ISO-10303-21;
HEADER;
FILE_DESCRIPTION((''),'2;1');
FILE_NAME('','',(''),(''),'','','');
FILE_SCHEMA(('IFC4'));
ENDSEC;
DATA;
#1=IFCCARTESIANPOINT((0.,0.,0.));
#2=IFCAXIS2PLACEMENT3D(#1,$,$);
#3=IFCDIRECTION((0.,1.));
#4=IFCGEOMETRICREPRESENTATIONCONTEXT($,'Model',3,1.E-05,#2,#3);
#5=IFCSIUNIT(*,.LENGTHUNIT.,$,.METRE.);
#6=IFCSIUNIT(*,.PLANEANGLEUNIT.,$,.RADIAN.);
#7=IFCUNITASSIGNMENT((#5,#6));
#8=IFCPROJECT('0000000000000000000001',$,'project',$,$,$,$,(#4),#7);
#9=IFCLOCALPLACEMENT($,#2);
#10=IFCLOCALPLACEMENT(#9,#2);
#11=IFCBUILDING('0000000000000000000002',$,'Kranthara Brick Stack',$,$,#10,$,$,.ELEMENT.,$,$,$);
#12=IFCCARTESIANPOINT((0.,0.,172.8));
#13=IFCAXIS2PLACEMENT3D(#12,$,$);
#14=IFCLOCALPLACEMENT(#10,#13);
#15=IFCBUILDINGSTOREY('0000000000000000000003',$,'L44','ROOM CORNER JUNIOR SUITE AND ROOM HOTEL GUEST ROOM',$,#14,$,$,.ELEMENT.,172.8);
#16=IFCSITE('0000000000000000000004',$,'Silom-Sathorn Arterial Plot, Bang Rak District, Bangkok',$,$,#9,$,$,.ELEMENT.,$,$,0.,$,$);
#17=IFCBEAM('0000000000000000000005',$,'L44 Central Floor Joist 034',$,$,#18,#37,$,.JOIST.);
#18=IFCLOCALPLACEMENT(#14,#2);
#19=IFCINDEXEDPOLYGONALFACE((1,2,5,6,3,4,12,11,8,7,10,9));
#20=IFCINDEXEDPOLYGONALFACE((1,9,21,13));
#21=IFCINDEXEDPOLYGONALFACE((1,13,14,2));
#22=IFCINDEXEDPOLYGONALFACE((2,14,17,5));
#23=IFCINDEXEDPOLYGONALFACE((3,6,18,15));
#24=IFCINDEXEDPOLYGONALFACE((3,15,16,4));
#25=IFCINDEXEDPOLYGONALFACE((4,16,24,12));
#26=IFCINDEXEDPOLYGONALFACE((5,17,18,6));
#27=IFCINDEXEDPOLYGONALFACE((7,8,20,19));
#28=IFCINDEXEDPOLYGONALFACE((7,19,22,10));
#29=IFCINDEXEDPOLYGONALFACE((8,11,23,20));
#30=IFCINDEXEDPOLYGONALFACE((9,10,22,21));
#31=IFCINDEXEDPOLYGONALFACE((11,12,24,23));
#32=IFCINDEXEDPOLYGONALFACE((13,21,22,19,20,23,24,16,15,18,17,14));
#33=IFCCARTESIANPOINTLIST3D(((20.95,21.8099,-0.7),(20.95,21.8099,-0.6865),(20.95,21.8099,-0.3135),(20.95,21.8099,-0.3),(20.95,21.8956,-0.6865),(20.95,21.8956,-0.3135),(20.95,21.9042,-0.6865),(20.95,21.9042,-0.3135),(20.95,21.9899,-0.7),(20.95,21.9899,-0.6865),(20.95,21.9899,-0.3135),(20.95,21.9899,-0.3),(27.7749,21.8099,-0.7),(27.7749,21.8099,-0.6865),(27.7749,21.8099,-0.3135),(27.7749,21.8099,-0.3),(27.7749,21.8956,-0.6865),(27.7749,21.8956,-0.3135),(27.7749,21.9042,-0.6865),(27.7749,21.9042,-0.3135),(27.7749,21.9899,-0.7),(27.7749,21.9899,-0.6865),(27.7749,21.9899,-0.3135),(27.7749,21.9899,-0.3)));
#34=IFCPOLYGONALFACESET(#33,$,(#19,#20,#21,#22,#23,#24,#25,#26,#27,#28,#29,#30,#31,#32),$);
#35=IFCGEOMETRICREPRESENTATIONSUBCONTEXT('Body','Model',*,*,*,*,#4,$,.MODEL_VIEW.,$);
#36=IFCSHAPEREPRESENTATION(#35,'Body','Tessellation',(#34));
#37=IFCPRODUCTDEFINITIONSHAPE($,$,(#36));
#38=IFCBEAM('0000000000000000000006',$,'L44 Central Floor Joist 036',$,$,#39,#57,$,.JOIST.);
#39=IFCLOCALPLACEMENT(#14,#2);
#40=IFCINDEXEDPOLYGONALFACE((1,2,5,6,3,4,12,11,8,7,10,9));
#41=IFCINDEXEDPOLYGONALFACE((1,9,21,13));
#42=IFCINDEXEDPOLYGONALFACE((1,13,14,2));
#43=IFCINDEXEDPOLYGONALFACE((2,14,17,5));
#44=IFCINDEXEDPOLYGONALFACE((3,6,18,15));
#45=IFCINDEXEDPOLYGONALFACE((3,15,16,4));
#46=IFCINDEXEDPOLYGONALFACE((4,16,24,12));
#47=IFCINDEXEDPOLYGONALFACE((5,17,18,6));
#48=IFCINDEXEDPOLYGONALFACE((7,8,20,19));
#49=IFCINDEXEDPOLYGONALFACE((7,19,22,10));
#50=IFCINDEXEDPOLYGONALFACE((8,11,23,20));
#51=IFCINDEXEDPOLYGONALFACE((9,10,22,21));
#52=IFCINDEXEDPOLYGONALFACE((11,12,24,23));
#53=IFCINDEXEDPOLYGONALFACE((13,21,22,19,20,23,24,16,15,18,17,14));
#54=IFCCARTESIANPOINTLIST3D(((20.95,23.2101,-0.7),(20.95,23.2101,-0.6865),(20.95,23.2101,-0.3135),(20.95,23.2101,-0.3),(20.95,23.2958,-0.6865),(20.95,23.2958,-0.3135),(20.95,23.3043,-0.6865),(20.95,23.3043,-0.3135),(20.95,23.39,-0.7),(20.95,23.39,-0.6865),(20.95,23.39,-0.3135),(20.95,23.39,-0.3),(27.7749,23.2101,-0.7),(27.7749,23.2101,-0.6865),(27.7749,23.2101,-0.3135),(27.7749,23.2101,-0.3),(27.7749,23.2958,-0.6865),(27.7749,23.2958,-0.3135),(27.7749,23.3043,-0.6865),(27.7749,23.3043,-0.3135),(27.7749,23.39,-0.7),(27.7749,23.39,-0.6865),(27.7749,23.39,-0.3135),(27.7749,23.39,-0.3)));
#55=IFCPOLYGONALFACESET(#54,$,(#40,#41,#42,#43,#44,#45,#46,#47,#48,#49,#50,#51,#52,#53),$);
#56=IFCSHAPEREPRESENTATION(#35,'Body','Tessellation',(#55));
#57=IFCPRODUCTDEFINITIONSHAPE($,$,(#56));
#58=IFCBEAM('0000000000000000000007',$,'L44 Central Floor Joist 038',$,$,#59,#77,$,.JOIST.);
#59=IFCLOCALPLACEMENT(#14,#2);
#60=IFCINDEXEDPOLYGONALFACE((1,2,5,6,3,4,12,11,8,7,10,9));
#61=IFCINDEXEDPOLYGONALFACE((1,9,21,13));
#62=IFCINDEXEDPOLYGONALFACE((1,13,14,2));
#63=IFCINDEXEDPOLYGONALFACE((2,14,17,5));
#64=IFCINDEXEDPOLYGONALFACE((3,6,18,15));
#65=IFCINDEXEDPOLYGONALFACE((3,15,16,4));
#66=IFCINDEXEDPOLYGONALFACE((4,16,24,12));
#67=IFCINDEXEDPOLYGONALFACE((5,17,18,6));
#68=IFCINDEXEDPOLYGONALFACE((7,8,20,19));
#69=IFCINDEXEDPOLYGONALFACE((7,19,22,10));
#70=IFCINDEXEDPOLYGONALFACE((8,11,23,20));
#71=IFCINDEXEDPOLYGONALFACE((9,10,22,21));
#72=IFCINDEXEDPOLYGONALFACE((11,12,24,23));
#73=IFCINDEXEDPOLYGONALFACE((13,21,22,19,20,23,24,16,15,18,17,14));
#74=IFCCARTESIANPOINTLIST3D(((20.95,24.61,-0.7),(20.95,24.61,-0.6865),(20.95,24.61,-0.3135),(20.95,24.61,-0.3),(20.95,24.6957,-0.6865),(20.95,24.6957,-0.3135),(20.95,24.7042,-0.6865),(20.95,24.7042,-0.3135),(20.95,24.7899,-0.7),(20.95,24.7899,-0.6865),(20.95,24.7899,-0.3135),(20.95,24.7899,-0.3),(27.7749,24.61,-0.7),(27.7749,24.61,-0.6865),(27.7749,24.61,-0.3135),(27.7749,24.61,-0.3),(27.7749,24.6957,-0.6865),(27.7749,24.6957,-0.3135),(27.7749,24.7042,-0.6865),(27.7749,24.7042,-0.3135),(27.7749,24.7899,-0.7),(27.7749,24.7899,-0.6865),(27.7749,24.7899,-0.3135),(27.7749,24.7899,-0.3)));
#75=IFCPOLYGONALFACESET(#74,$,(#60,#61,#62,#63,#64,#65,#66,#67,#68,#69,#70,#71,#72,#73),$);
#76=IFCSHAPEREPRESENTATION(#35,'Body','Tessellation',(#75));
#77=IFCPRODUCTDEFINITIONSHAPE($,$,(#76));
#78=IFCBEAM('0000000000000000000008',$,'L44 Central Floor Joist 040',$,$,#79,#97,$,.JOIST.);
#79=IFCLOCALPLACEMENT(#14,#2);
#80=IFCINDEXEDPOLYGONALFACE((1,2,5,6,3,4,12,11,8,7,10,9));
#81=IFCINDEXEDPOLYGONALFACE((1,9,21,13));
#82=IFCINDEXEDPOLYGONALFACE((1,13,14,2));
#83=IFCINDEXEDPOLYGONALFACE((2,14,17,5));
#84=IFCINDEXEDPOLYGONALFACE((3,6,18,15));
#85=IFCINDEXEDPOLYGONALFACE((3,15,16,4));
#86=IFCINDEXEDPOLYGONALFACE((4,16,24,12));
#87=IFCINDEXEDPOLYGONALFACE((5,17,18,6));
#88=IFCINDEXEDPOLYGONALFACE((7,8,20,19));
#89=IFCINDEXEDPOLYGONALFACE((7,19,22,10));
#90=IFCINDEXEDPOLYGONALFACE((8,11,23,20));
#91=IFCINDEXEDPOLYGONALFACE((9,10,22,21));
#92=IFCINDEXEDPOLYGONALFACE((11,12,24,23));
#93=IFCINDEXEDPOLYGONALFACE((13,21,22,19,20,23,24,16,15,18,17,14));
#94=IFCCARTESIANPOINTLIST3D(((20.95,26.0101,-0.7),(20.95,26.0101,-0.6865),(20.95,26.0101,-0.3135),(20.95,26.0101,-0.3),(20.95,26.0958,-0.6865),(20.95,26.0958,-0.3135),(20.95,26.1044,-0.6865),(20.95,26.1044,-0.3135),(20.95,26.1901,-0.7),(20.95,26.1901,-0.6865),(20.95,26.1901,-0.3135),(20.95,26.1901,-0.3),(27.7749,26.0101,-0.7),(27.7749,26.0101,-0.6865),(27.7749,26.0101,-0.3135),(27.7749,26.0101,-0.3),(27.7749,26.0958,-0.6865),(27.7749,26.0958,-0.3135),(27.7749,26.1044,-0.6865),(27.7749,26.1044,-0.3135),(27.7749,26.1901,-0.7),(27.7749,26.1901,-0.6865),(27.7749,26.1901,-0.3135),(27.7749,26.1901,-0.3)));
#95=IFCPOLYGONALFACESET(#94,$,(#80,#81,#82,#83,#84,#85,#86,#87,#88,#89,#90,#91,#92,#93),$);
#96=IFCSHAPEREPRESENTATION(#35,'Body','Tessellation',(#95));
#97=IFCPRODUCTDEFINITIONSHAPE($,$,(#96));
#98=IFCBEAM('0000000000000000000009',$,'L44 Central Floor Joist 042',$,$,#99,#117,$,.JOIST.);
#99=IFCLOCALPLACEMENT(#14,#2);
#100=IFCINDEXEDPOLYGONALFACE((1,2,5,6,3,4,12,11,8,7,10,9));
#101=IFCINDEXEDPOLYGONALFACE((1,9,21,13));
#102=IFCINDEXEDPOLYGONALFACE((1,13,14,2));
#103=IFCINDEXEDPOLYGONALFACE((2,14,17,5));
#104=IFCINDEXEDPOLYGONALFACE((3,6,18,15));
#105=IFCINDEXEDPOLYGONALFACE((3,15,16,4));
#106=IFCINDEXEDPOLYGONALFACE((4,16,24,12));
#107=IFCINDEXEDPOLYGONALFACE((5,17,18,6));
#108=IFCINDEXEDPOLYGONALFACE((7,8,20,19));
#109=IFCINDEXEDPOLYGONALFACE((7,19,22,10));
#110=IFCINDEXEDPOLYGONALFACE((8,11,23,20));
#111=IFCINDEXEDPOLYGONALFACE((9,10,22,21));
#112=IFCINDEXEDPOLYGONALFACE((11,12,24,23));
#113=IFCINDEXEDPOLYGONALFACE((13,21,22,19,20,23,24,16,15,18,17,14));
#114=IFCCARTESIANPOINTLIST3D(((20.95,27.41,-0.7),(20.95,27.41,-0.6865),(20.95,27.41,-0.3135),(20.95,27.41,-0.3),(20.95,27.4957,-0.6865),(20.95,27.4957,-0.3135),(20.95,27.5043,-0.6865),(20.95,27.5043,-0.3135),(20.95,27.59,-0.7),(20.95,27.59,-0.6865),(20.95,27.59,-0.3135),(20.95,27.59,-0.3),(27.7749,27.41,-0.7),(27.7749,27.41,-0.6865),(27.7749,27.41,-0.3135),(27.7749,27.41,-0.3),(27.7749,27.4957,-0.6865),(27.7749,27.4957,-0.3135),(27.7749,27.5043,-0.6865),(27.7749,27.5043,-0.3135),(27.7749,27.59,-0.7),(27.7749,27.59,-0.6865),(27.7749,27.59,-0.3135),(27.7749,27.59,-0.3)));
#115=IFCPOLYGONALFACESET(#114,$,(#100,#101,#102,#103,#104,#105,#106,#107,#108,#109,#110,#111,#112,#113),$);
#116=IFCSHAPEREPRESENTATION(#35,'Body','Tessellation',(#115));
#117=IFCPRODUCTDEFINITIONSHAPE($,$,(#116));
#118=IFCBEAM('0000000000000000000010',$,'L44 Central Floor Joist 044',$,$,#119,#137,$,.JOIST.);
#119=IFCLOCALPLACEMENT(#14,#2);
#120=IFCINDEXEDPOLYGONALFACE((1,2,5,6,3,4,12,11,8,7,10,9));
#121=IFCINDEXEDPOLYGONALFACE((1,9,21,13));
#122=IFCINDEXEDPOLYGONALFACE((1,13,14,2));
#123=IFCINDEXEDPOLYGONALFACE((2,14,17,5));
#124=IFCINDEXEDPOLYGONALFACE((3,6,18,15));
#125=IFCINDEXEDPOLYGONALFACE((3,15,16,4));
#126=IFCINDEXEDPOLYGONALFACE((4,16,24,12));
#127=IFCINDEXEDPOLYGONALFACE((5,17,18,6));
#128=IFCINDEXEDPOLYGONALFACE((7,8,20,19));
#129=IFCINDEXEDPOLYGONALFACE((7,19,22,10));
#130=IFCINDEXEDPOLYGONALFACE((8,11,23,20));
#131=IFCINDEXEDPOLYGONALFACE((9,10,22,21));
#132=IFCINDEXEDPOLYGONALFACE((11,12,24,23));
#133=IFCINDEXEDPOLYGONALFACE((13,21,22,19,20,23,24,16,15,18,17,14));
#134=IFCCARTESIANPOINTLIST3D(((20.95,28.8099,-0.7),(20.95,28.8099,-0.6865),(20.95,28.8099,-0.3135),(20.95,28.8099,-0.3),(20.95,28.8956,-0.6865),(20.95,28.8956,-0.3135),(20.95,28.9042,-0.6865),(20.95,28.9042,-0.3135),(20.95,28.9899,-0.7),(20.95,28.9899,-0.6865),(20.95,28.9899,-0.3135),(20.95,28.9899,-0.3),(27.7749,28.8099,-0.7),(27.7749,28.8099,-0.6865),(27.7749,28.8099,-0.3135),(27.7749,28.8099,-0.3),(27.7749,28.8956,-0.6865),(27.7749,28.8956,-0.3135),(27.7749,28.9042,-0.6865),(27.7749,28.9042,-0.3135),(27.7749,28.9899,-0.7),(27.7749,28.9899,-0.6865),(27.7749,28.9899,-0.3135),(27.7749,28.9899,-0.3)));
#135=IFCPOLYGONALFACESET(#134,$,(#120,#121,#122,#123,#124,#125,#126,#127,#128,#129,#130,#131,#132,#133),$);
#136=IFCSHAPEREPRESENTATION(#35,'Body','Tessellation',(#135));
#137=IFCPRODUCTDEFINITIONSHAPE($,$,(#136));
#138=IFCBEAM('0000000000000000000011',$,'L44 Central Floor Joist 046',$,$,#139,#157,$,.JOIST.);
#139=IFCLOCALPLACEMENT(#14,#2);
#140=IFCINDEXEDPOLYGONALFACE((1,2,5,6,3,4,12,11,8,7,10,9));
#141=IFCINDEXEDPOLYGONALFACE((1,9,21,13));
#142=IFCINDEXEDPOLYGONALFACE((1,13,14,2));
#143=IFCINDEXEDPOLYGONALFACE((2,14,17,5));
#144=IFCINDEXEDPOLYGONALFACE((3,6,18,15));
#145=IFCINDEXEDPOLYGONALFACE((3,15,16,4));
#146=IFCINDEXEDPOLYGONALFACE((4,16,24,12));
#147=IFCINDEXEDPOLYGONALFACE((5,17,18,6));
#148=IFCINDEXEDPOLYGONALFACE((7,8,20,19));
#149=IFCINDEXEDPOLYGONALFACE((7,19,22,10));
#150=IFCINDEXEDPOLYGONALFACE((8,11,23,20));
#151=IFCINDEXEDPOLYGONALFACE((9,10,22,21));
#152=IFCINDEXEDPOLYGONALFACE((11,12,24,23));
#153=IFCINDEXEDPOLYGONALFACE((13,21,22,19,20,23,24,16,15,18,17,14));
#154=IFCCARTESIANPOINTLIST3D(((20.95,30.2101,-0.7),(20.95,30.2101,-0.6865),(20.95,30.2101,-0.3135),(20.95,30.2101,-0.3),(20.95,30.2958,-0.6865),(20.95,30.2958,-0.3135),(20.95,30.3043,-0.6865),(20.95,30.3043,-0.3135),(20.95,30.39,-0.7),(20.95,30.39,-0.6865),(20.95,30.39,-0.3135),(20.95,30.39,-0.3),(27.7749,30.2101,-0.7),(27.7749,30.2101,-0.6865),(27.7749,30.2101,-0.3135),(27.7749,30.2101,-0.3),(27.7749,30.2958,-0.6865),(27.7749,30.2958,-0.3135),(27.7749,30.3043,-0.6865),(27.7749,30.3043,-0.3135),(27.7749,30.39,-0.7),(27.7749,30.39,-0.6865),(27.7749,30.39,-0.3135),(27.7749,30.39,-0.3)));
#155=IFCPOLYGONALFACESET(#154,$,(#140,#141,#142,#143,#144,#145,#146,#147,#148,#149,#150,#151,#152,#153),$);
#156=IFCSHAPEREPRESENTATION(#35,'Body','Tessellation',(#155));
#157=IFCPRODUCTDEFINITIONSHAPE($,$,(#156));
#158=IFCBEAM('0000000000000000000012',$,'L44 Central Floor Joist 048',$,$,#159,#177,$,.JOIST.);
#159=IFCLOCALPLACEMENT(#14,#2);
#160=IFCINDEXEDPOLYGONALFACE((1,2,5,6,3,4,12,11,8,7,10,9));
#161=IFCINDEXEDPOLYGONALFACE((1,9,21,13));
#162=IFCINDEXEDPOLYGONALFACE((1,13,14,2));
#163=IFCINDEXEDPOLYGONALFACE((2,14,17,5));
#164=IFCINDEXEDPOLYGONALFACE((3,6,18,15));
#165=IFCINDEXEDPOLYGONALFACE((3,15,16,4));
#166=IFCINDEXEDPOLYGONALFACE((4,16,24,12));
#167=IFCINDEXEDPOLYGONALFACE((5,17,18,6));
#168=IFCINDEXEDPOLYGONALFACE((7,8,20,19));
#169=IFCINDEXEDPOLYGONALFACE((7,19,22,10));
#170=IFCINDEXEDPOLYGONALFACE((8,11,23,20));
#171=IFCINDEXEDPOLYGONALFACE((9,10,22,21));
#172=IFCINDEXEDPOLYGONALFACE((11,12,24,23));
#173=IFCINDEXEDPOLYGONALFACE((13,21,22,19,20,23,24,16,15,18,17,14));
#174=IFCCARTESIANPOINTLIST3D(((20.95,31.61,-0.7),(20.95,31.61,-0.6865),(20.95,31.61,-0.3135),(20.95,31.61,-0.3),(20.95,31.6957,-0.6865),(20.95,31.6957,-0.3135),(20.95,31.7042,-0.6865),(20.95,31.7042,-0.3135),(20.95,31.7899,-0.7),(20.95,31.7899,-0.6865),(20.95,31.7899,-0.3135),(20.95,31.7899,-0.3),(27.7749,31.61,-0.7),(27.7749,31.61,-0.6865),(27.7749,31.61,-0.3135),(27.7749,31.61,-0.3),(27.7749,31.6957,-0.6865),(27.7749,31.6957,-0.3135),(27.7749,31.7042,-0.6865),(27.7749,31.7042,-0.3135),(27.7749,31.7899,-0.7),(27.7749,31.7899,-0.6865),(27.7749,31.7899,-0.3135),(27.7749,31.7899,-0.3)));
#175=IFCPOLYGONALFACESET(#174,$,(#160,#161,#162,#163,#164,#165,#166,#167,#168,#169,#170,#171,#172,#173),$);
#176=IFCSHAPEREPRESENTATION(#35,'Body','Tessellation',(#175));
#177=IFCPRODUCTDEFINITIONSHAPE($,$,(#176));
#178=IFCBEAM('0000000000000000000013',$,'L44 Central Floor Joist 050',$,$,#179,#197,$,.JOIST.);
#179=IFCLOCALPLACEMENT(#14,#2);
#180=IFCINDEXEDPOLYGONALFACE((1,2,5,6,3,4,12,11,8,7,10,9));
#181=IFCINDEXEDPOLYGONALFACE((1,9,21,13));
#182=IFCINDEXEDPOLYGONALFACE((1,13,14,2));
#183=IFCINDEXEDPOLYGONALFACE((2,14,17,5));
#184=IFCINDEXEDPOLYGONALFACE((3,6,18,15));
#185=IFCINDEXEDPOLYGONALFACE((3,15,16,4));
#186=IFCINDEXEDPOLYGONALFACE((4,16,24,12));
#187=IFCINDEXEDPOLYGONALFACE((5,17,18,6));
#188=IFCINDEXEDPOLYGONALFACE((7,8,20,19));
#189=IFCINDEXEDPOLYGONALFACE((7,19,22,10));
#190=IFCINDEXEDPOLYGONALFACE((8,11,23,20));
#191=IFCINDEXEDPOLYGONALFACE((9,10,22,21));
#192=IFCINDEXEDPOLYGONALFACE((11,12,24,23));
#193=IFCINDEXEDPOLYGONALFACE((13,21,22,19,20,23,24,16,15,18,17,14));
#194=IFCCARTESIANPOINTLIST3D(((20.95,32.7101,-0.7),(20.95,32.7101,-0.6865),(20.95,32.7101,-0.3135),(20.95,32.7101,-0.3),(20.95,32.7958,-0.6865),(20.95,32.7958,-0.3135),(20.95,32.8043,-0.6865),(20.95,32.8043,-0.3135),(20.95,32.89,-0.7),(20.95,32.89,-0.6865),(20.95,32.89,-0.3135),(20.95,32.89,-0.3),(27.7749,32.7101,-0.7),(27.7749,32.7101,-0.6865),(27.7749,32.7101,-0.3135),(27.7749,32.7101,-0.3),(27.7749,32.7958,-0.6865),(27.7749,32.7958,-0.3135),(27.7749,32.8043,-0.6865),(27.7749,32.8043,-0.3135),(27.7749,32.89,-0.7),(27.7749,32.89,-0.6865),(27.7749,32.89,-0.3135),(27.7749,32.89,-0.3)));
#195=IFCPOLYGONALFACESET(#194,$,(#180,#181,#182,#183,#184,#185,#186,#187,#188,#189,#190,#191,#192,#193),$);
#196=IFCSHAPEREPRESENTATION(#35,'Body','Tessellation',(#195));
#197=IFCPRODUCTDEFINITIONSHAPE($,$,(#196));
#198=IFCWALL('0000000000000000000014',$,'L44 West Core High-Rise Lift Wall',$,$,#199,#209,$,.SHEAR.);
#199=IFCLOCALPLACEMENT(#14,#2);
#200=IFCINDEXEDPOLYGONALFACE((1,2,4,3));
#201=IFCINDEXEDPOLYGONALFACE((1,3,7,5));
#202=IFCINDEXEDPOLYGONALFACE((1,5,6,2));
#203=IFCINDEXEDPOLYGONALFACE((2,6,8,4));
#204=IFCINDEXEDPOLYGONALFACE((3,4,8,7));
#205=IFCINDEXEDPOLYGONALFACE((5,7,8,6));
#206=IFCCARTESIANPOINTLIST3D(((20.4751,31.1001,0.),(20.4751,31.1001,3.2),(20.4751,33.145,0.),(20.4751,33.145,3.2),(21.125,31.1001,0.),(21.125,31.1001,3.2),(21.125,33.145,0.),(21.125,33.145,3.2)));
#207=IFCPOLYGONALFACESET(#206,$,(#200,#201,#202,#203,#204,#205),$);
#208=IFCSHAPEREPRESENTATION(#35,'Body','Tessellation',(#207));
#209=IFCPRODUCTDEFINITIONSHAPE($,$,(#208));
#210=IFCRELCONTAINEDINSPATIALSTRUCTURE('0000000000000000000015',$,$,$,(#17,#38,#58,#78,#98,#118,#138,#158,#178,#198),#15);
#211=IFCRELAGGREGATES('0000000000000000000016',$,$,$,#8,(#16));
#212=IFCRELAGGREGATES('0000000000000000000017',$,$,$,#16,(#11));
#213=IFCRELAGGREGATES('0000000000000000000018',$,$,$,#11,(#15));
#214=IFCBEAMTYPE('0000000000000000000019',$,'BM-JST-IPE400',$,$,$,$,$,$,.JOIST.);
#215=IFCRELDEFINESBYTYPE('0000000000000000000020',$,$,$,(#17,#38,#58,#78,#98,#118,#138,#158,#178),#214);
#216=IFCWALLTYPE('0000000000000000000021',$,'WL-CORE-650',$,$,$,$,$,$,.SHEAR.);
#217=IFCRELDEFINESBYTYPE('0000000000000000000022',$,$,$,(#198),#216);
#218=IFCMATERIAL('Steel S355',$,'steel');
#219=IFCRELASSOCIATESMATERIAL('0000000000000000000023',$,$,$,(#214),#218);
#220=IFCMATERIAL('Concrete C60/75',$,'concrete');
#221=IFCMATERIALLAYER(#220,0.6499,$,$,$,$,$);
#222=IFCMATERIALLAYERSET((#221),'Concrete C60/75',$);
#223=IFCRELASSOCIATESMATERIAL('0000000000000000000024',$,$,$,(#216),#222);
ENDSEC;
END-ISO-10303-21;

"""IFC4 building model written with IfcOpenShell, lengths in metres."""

from ifc_helpers import new_model, si_unit, direction, frame, frame_2d, origin, origin_2d, place, context, subcontext, project, spatial, rectangle, i_section, extrude, material, layer, layer_set, material_profile, profile_set, type_object, element, save


model = new_model("IFC4")

# Units and contexts
model_context = context("Model", 3, precision=1e-05, world=origin(), true_north=direction((0.0, 1.0)))
body_context = subcontext(model_context, "Body", "Model", "MODEL_VIEW")
ifc_project = project(units=[si_unit("LENGTHUNIT", "METRE"), si_unit("PLANEANGLEUNIT", "RADIAN")], contexts=[model_context])

# Site, building, storey
site_placement = place(None, origin())
site = spatial("IfcSite", under=ifc_project, at=site_placement, Name="Silom-Sathorn Arterial Plot, Bang Rak District, Bangkok", CompositionType="ELEMENT", RefElevation=0.0)
building_placement = place(site_placement, origin())
building = spatial("IfcBuilding", under=site, at=building_placement, Name="Kranthara Brick Stack", CompositionType="ELEMENT")
storey_placement = place(building_placement, frame((0.0, 0.0, 172.8)))
storey = spatial("IfcBuildingStorey", under=building, at=storey_placement, Name="L44", Description="ROOM CORNER JUNIOR SUITE AND ROOM HOTEL GUEST ROOM", CompositionType="ELEMENT", Elevation=172.8)

# Beams
ifc_material_1 = material(Name="Steel S355", Category="steel")
ifc_material_profile = material_profile(ifc_material_1, i_section(OverallWidth=0.1799, OverallDepth=0.3999, WebThickness=0.0085, FlangeThickness=0.0134, at=origin_2d()), Name="IPE 400")
ifc_profile_set = profile_set([ifc_material_profile], Name="Steel S355")
beam_type = type_object("IfcBeamType", Name="BM-JST-IPE400", PredefinedType="JOIST", material=ifc_profile_set)
for number, where, z_axis, x_axis, name in (
    (1, (20.95, 21.8999, -0.5), (1.0, 0.0, 0.0), (0.0, 1.0, 0.0), "L44 Central Floor Joist 034"),
    (2, (20.95, 23.3, -0.5), (1.0, 0.0, 0.0), (0.0, 1.0, 0.0), "L44 Central Floor Joist 036"),
    (3, (20.95, 24.7, -0.5), (1.0, 0.0, 0.0), (0.0, 1.0, 0.0), "L44 Central Floor Joist 038"),
    (4, (20.95, 26.1001, -0.5), (1.0, 0.0, 0.0), (0.0, 1.0, 0.0), "L44 Central Floor Joist 040"),
    (5, (20.95, 27.5, -0.5), (1.0, 0.0, 0.0), (0.0, 1.0, 0.0), "L44 Central Floor Joist 042"),
    (6, (20.95, 28.8999, -0.5), (1.0, 0.0, 0.0), (0.0, 1.0, 0.0), "L44 Central Floor Joist 044"),
    (7, (20.95, 30.3, -0.5), (1.0, 0.0, 0.0), (0.0, 1.0, 0.0), "L44 Central Floor Joist 046"),
    (8, (20.95, 31.7, -0.5), (1.0, 0.0, 0.0), (0.0, 1.0, 0.0), "L44 Central Floor Joist 048"),
    (9, (20.95, 32.8, -0.5), (1.0, 0.0, 0.0), (0.0, 1.0, 0.0), "L44 Central Floor Joist 050"),
):
    element("IfcBeam", number, at=place(storey_placement, frame(where, z_axis=z_axis, x_axis=x_axis)), inside=storey, type_object=beam_type, Name=name, PredefinedType="JOIST", context=body_context, shape_type="SweptSolid", body=[
        extrude(i_section(OverallWidth=0.1799, OverallDepth=0.3999, WebThickness=0.0085, FlangeThickness=0.0134, at=origin_2d()), origin(), (0.0, 0.0, 1.0), 6.825),
    ])

# Shared definitions
ifc_material_2 = material(Name="Concrete C60/75", Category="concrete")
ifc_layer_1 = layer(ifc_material_2, 0.6499)
ifc_layer_set_1 = layer_set([ifc_layer_1], Name="Concrete C60/75")
wall_type_1 = type_object("IfcWallType", Name="WL-CORE-650", PredefinedType="SHEAR", material=ifc_layer_set_1)

# Wall
wall_1_placement = place(storey_placement, frame((20.8, 31.1001, 0.0), z_axis=(0.0, 0.0, 1.0), x_axis=(0.0, 1.0, 0.0)))
element("IfcWall", 10, at=wall_1_placement, inside=storey, type_object=wall_type_1, Name="L44 West Core High-Rise Lift Wall", PredefinedType="SHEAR", context=body_context, shape_type="SweptSolid", body=[
    extrude(rectangle(XDim=2.0449, YDim=0.6499, at=frame_2d((1.0225, 0.0))), origin(), (0.0, 0.0, 1.0), 3.2),
])

save(model, "model.ifc")
